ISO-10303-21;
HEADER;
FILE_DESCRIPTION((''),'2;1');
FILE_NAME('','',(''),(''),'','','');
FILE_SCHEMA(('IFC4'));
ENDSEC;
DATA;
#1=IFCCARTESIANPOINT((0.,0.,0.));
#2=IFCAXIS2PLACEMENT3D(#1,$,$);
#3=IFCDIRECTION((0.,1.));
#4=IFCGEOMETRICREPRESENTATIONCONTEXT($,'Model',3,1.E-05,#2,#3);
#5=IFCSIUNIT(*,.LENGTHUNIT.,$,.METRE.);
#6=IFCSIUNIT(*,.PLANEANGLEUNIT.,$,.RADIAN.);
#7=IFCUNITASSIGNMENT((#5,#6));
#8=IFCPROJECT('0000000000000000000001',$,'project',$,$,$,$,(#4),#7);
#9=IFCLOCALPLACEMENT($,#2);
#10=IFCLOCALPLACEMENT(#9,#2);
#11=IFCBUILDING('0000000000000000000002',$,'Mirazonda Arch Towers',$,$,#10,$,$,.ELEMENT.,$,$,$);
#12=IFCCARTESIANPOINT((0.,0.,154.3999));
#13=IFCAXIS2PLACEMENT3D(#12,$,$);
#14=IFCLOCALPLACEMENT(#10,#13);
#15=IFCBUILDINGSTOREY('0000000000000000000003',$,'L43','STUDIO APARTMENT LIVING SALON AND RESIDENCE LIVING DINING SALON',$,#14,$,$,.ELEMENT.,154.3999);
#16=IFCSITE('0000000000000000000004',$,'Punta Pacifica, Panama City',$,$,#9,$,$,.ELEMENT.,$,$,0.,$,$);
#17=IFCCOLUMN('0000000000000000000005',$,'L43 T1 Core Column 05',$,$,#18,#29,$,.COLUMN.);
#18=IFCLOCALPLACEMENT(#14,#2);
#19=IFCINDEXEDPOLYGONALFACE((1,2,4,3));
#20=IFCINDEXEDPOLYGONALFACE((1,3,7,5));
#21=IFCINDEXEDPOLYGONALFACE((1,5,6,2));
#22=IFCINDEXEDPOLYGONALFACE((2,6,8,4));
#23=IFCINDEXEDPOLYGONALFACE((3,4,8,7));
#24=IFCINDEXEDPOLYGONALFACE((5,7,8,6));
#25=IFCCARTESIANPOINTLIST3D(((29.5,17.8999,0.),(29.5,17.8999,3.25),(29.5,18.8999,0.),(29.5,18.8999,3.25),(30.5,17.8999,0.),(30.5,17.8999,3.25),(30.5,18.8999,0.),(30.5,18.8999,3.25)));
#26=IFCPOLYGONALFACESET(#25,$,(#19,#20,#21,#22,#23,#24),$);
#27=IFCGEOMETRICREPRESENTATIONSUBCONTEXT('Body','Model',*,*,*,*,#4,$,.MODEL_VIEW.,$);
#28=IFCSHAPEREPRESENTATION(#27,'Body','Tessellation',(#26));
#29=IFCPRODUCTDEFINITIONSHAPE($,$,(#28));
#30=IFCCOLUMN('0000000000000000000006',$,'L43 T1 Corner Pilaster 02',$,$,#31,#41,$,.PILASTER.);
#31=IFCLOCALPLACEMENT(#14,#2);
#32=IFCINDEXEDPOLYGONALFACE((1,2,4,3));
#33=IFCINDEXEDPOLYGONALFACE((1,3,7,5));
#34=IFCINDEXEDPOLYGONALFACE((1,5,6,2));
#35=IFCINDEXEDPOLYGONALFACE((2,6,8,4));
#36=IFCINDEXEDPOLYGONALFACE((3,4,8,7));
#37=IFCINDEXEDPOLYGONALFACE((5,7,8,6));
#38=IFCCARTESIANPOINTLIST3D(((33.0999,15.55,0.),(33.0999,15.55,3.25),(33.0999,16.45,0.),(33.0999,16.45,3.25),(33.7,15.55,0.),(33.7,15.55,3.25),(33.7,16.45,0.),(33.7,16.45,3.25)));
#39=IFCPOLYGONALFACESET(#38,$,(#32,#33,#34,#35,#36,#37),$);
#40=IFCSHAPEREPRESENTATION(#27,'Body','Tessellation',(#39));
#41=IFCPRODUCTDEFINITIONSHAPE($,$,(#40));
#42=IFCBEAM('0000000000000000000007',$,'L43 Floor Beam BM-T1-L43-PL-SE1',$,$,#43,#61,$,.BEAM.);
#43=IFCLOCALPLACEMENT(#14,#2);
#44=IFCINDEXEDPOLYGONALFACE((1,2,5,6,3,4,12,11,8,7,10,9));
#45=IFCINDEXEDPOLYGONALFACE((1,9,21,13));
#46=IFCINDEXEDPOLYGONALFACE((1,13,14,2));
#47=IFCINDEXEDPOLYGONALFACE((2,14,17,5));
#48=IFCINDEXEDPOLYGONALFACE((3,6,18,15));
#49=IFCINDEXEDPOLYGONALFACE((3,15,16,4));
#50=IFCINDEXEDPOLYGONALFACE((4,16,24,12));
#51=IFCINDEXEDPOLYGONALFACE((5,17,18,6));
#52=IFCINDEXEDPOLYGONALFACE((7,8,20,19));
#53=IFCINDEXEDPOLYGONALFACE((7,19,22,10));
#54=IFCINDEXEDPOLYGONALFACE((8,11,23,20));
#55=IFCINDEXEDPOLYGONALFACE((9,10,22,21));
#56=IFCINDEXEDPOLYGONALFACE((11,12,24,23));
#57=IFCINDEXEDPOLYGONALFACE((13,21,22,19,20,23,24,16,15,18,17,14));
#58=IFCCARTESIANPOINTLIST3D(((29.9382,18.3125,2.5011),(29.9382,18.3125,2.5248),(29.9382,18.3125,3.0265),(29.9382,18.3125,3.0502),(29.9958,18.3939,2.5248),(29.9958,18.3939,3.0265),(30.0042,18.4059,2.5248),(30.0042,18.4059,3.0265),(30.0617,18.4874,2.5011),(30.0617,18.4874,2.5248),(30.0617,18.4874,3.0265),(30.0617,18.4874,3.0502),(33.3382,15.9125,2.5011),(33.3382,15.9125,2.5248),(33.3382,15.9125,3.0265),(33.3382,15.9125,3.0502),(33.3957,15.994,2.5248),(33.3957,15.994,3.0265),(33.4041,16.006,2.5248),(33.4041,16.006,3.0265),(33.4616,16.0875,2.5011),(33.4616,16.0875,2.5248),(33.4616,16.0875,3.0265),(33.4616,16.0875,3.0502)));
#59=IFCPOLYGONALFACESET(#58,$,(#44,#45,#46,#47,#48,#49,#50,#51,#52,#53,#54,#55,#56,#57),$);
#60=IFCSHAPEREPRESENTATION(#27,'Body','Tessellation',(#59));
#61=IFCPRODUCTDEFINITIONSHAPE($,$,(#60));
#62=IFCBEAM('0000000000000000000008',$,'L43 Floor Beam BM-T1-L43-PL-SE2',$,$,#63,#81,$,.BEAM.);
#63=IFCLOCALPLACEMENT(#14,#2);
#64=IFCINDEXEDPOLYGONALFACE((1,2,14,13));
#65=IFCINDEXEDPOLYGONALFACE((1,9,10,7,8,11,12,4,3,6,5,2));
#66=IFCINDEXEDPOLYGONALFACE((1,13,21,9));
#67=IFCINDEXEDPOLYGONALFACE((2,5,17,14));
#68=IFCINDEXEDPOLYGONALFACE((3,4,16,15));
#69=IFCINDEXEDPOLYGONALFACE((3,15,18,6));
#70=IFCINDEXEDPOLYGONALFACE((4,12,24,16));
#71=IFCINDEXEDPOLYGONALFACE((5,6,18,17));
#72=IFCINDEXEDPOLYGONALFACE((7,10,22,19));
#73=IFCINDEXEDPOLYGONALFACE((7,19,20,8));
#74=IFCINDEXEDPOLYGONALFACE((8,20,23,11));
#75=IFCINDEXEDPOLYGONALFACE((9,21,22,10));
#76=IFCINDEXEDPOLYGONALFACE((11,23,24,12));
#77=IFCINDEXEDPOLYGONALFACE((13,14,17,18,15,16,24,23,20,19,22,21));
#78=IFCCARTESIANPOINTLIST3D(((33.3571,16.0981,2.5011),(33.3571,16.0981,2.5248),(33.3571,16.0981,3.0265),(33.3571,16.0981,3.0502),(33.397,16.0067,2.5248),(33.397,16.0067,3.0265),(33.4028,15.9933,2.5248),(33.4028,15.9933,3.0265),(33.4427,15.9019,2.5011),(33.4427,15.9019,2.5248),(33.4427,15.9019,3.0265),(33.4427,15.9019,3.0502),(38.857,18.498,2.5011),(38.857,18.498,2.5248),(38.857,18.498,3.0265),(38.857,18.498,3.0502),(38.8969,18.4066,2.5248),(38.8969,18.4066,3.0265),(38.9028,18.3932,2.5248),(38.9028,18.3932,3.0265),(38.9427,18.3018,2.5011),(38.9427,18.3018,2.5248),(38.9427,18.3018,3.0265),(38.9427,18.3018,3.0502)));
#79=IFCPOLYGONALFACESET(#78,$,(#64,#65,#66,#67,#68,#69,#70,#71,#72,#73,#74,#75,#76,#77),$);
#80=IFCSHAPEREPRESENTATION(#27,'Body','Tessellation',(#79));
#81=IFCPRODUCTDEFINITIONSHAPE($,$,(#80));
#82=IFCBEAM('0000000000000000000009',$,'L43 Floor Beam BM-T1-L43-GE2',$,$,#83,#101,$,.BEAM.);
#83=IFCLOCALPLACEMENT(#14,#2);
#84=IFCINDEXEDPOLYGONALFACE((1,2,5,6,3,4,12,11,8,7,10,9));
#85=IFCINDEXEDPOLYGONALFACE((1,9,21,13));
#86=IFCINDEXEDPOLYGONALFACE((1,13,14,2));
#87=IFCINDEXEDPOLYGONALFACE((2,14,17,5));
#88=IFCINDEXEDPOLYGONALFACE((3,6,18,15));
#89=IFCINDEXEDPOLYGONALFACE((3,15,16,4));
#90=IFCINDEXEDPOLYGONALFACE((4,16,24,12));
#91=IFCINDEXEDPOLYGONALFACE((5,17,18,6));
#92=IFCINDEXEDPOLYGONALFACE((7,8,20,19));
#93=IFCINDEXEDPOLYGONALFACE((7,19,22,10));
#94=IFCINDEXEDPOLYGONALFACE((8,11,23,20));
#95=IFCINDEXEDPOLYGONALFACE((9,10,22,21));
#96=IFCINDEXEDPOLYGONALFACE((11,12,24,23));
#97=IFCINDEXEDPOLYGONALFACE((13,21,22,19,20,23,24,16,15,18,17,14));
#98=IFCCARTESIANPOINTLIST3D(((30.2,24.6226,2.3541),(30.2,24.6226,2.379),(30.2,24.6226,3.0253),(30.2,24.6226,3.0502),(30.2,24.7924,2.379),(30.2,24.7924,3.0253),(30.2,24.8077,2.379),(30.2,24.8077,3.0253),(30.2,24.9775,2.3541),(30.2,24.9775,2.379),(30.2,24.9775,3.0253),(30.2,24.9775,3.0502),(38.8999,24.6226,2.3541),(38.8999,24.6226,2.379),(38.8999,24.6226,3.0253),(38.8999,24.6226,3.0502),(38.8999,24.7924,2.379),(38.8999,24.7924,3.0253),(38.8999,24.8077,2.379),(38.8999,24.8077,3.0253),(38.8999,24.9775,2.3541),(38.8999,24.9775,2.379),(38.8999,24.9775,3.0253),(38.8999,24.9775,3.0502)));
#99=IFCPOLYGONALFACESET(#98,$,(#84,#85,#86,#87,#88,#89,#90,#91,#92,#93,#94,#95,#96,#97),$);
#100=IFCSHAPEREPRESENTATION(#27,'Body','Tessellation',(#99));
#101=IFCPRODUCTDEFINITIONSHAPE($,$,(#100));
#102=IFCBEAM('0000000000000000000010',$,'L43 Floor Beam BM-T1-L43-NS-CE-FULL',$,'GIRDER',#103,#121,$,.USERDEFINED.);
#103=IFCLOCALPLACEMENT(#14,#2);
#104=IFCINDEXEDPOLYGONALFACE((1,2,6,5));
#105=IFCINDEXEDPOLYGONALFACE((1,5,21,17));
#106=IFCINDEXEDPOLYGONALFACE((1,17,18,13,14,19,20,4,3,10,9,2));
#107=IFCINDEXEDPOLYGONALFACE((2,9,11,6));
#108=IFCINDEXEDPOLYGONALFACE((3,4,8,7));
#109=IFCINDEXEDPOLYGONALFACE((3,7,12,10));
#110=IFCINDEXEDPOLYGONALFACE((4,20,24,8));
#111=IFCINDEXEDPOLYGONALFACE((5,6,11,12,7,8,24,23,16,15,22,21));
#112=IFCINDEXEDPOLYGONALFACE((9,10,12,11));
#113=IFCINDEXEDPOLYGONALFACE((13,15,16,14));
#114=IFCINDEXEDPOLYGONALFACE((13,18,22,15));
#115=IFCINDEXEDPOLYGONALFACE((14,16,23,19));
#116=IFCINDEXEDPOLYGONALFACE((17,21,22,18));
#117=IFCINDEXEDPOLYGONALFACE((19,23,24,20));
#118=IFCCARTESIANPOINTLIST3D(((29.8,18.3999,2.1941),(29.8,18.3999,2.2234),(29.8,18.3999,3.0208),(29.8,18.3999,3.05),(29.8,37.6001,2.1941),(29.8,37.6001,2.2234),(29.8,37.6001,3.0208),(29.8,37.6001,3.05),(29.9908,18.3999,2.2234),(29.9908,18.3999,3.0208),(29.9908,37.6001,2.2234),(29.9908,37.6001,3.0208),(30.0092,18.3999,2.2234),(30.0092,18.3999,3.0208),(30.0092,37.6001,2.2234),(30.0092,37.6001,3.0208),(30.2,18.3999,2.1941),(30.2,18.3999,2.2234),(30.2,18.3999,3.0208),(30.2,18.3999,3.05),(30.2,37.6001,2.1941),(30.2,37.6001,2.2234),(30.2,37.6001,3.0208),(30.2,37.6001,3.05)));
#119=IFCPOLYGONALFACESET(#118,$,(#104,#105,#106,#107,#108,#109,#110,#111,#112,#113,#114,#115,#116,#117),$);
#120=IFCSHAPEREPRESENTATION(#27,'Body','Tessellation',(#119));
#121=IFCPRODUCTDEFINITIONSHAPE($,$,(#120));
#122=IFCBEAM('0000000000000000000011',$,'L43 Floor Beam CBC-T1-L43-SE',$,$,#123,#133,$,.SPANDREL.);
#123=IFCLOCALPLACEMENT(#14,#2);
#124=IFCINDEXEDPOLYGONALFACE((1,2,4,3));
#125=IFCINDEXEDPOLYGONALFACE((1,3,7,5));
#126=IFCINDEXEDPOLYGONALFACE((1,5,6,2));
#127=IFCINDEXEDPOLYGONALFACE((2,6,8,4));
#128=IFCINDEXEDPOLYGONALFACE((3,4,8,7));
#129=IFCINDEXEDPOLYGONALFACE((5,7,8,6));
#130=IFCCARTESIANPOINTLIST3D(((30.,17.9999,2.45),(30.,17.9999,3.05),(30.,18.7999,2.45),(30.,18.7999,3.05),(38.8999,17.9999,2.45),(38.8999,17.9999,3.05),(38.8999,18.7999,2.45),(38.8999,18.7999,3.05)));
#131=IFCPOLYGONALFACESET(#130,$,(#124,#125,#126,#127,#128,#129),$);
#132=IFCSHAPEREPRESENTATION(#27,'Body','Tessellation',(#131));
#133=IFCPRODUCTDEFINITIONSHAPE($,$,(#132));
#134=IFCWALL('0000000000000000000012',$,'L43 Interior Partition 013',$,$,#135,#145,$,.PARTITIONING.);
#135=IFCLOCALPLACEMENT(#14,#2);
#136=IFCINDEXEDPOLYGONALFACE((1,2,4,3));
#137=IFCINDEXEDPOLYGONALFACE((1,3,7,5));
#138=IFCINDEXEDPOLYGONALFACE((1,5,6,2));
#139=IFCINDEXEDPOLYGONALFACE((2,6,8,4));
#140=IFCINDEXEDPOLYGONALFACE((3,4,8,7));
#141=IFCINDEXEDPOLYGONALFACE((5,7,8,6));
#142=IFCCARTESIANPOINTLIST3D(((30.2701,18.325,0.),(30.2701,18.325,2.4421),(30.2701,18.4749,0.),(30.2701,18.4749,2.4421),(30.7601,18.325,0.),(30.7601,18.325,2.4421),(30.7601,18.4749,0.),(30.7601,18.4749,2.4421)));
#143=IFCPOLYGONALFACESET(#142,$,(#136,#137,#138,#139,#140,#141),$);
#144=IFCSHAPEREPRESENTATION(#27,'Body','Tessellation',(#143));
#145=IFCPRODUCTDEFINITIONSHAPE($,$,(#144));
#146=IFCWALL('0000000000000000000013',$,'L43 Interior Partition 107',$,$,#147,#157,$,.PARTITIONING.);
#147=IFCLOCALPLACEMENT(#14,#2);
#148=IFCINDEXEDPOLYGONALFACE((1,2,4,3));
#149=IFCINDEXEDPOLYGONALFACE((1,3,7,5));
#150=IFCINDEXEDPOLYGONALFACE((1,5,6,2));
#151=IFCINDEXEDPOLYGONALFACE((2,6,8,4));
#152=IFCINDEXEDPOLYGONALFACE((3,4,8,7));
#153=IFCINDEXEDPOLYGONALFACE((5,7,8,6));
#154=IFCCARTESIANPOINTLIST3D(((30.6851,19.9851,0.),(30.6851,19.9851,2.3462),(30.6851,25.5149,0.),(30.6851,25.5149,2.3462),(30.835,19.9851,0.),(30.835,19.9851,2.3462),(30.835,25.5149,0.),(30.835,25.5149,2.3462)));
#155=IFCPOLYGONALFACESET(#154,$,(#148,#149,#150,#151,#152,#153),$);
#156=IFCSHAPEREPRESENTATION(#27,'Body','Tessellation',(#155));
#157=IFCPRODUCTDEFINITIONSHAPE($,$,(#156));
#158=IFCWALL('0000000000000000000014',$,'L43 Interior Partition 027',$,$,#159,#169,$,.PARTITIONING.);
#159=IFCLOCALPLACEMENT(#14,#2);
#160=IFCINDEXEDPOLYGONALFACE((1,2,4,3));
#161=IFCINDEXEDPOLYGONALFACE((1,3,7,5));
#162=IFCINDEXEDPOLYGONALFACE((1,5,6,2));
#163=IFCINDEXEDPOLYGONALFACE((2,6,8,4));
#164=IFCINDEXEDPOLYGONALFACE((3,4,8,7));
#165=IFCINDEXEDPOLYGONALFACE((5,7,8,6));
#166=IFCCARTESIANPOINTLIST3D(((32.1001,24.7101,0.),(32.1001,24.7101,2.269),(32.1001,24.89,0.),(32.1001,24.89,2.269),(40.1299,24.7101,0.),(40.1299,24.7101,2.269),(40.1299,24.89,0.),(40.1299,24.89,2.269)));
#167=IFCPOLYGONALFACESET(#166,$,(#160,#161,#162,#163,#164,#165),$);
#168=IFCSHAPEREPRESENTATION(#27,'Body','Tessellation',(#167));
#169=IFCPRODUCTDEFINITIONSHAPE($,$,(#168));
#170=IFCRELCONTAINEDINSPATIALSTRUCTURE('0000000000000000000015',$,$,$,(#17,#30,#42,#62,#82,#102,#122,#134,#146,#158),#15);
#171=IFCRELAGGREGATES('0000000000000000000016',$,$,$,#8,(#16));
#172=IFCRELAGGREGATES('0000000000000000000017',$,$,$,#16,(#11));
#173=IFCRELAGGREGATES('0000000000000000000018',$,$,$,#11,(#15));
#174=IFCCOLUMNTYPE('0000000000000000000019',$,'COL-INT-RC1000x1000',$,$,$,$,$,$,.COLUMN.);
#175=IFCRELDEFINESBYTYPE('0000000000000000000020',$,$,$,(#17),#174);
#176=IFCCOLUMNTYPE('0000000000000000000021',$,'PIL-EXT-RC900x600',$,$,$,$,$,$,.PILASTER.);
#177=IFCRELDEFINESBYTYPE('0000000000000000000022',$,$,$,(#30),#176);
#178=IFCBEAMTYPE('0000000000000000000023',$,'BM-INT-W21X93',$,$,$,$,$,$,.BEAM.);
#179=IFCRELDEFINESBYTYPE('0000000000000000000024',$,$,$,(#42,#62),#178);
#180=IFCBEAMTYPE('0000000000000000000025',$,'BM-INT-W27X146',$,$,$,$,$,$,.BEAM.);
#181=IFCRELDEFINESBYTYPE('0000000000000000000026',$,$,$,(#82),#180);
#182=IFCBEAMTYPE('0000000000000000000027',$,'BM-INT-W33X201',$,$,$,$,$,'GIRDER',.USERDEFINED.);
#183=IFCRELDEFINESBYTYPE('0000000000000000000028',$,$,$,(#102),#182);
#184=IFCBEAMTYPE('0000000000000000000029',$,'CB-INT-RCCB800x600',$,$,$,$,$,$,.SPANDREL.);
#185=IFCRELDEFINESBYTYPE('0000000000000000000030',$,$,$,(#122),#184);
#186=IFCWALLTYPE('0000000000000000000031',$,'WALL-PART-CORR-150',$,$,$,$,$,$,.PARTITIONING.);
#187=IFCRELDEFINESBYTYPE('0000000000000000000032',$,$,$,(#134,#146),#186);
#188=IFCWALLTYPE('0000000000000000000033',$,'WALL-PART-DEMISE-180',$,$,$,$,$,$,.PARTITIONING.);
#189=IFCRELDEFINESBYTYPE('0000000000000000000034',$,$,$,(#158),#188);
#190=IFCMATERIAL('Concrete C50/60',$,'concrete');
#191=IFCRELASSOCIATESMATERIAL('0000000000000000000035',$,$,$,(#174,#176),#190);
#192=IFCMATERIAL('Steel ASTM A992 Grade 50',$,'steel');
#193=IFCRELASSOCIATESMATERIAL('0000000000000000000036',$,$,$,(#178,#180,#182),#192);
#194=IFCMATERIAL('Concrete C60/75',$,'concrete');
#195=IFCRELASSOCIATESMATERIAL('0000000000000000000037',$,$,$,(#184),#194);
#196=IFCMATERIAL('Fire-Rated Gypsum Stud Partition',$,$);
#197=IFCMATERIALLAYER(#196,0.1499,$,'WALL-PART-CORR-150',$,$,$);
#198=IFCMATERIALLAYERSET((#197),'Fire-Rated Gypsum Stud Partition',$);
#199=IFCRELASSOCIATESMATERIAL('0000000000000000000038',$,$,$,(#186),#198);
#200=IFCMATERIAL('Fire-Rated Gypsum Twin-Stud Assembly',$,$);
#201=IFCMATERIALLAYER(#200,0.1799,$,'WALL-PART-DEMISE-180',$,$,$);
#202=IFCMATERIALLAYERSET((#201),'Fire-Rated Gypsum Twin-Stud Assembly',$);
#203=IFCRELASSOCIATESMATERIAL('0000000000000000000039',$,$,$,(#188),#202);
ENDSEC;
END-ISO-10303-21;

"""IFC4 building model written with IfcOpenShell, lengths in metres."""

from ifc_helpers import new_model, si_unit, direction, frame, frame_2d, origin, origin_2d, place, context, subcontext, project, spatial, rectangle, i_section, extrude, material, layer, layer_set, material_profile, profile_set, type_object, element, save


model = new_model("IFC4")

# Units and contexts
model_context = context("Model", 3, precision=1e-05, world=origin(), true_north=direction((0.0, 1.0)))
body_context = subcontext(model_context, "Body", "Model", "MODEL_VIEW")
ifc_project = project(units=[si_unit("LENGTHUNIT", "METRE"), si_unit("PLANEANGLEUNIT", "RADIAN")], contexts=[model_context])

# Site, building, storey
site_placement = place(None, origin())
site = spatial("IfcSite", under=ifc_project, at=site_placement, Name="Punta Pacifica, Panama City", CompositionType="ELEMENT", RefElevation=0.0)
building_placement = place(site_placement, origin())
building = spatial("IfcBuilding", under=site, at=building_placement, Name="Mirazonda Arch Towers", CompositionType="ELEMENT")
storey_placement = place(building_placement, frame((0.0, 0.0, 154.3999)))
storey = spatial("IfcBuildingStorey", under=building, at=storey_placement, Name="L43", Description="STUDIO APARTMENT LIVING SALON AND RESIDENCE LIVING DINING SALON", CompositionType="ELEMENT", Elevation=154.3999)

# Columns
ifc_material_1 = material(Name="Concrete C50/60", Category="concrete")
ifc_material_profile_1 = material_profile(ifc_material_1, rectangle(XDim=1.0, YDim=1.0, at=origin_2d()), Name="RC1000x1000")
ifc_profile_set_1 = profile_set([ifc_material_profile_1], Name="Concrete C50/60")
column_type_1 = type_object("IfcColumnType", Name="COL-INT-RC1000x1000", PredefinedType="COLUMN", material=ifc_profile_set_1)
column_1_placement = place(storey_placement, frame((30.0, 18.3999, 0.0), z_axis=(0.0, 0.0, 1.0), x_axis=(1.0, 0.0, 0.0)))
element("IfcColumn", 1, at=column_1_placement, inside=storey, type_object=column_type_1, Name="L43 T1 Core Column 05", PredefinedType="COLUMN", context=body_context, shape_type="SweptSolid", body=[
    extrude(rectangle(XDim=1.0, YDim=1.0, at=origin_2d()), origin(), (0.0, 0.0, 1.0), 3.25),
])
ifc_material_profile_2 = material_profile(ifc_material_1, rectangle(XDim=0.6001, YDim=0.8999, at=origin_2d()), Name="RC900x600")
ifc_profile_set_2 = profile_set([ifc_material_profile_2], Name="Concrete C50/60")
column_type_2 = type_object("IfcColumnType", Name="PIL-EXT-RC900x600", PredefinedType="PILASTER", material=ifc_profile_set_2)
column_2_placement = place(storey_placement, frame((33.3999, 16.0, 0.0), z_axis=(0.0, 0.0, 1.0), x_axis=(1.0, 0.0, 0.0)))
element("IfcColumn", 2, at=column_2_placement, inside=storey, type_object=column_type_2, Name="L43 T1 Corner Pilaster 02", PredefinedType="PILASTER", context=body_context, shape_type="SweptSolid", body=[
    extrude(rectangle(XDim=0.6001, YDim=0.8999, at=origin_2d()), origin(), (0.0, 0.0, 1.0), 3.25),
])

# Beams
ifc_material_2 = material(Name="Steel ASTM A992 Grade 50", Category="steel")
ifc_material_profile_3 = material_profile(ifc_material_2, i_section(OverallWidth=0.2141, OverallDepth=0.5491, WebThickness=0.0146, FlangeThickness=0.0237, at=origin_2d()), Name="W21X93")
ifc_profile_set_3 = profile_set([ifc_material_profile_3], Name="Steel ASTM A992 Grade 50")
beam_type_1 = type_object("IfcBeamType", Name="BM-INT-W21X93", PredefinedType="BEAM", material=ifc_profile_set_3)
beam_1_placement = place(storey_placement, frame((33.3999, 16.0, 2.7756), z_axis=(-0.816971, 0.576679, 0.0), x_axis=(-0.576679, -0.816971, 0.0)))
element("IfcBeam", 3, at=beam_1_placement, inside=storey, type_object=beam_type_1, Name="L43 Floor Beam BM-T1-L43-PL-SE1", PredefinedType="BEAM", context=body_context, shape_type="SweptSolid", body=[
    extrude(i_section(OverallWidth=0.2141, OverallDepth=0.5491, WebThickness=0.0146, FlangeThickness=0.0237, at=origin_2d()), origin(), (0.0, 0.0, 1.0), 4.1616),
])
beam_2_placement = place(storey_placement, frame((33.3999, 16.0, 2.7756), z_axis=(0.916545, 0.399931, 0.0), x_axis=(-0.399931, 0.916545, 0.0)))
element("IfcBeam", 4, at=beam_2_placement, inside=storey, type_object=beam_type_1, Name="L43 Floor Beam BM-T1-L43-PL-SE2", PredefinedType="BEAM", context=body_context, shape_type="SweptSolid", body=[
    extrude(i_section(OverallWidth=0.2141, OverallDepth=0.5491, WebThickness=0.0146, FlangeThickness=0.0237, at=origin_2d()), origin(), (0.0, 0.0, 1.0), 6.0007),
])
ifc_material_profile_4 = material_profile(ifc_material_2, i_section(OverallWidth=0.355, OverallDepth=0.696, WebThickness=0.0154, FlangeThickness=0.0249, at=origin_2d()), Name="W27X146")
ifc_profile_set_4 = profile_set([ifc_material_profile_4], Name="Steel ASTM A992 Grade 50")
beam_type_2 = type_object("IfcBeamType", Name="BM-INT-W27X146", PredefinedType="BEAM", material=ifc_profile_set_4)
beam_3_placement = place(storey_placement, frame((30.2, 24.8, 2.7021), z_axis=(1.0, 0.0, 0.0), x_axis=(0.0, 1.0, 0.0)))
element("IfcBeam", 5, at=beam_3_placement, inside=storey, type_object=beam_type_2, Name="L43 Floor Beam BM-T1-L43-GE2", PredefinedType="BEAM", context=body_context, shape_type="SweptSolid", body=[
    extrude(i_section(OverallWidth=0.355, OverallDepth=0.696, WebThickness=0.0154, FlangeThickness=0.0249, at=origin_2d()), origin(), (0.0, 0.0, 1.0), 8.7),
])
ifc_material_profile_5 = material_profile(ifc_material_2, i_section(OverallWidth=0.3999, OverallDepth=0.856, WebThickness=0.0183, FlangeThickness=0.0293, at=origin_2d()), Name="W33X201")
ifc_profile_set_5 = profile_set([ifc_material_profile_5], Name="Steel ASTM A992 Grade 50")
beam_type_3 = type_object("IfcBeamType", Name="BM-INT-W33X201", ElementType="GIRDER", PredefinedType="USERDEFINED", material=ifc_profile_set_5)
beam_4_placement = place(storey_placement, frame((30.0, 18.3999, 2.6221), z_axis=(0.0, 1.0, 0.0), x_axis=(-1.0, 0.0, 0.0)))
element("IfcBeam", 6, at=beam_4_placement, inside=storey, type_object=beam_type_3, Name="L43 Floor Beam BM-T1-L43-NS-CE-FULL", ObjectType="GIRDER", PredefinedType="USERDEFINED", context=body_context, shape_type="SweptSolid", body=[
    extrude(i_section(OverallWidth=0.3999, OverallDepth=0.856, WebThickness=0.0183, FlangeThickness=0.0293, at=origin_2d()), origin(), (0.0, 0.0, 1.0), 19.2002),
])
ifc_material_3 = material(Name="Concrete C60/75", Category="concrete")
ifc_material_profile_6 = material_profile(ifc_material_3, rectangle(XDim=0.8, YDim=0.6001, at=origin_2d()), Name="RCCB800x600")
ifc_profile_set_6 = profile_set([ifc_material_profile_6], Name="Concrete C60/75")
beam_type_4 = type_object("IfcBeamType", Name="CB-INT-RCCB800x600", PredefinedType="SPANDREL", material=ifc_profile_set_6)
beam_5_placement = place(storey_placement, frame((30.0, 18.3999, 2.75), z_axis=(1.0, 0.0, 0.0), x_axis=(0.0, 1.0, 0.0)))
element("IfcBeam", 7, at=beam_5_placement, inside=storey, type_object=beam_type_4, Name="L43 Floor Beam CBC-T1-L43-SE", PredefinedType="SPANDREL", context=body_context, shape_type="SweptSolid", body=[
    extrude(rectangle(XDim=0.8, YDim=0.6001, at=origin_2d()), origin(), (0.0, 0.0, 1.0), 8.8999),
])

# Walls
ifc_material_4 = material(Name="Fire-Rated Gypsum Stud Partition")
ifc_layer_1 = layer(ifc_material_4, 0.1499, Name="WALL-PART-CORR-150")
ifc_layer_set_1 = layer_set([ifc_layer_1], Name="Fire-Rated Gypsum Stud Partition")
wall_type_1 = type_object("IfcWallType", Name="WALL-PART-CORR-150", PredefinedType="PARTITIONING", material=ifc_layer_set_1)
wall_1_placement = place(storey_placement, frame((30.27, 18.3999, 0.0), z_axis=(0.0, 0.0, 1.0), x_axis=(1.0, 0.0, 0.0)))
element("IfcWall", 8, at=wall_1_placement, inside=storey, type_object=wall_type_1, Name="L43 Interior Partition 013", PredefinedType="PARTITIONING", context=body_context, shape_type="SweptSolid", body=[
    extrude(rectangle(XDim=0.49, YDim=0.1499, at=frame_2d((0.2451, 0.0))), origin(), (0.0, 0.0, 1.0), 2.4421),
])
wall_2_placement = place(storey_placement, frame((30.76, 19.9851, 0.0), z_axis=(0.0, 0.0, 1.0), x_axis=(0.0, 1.0, 0.0)))
element("IfcWall", 9, at=wall_2_placement, inside=storey, type_object=wall_type_1, Name="L43 Interior Partition 107", PredefinedType="PARTITIONING", context=body_context, shape_type="SweptSolid", body=[
    extrude(rectangle(XDim=5.5298, YDim=0.1499, at=frame_2d((2.7649, 0.0))), origin(), (0.0, 0.0, 1.0), 2.3462),
])

# Shared definitions
ifc_material_5 = material(Name="Fire-Rated Gypsum Twin-Stud Assembly")
ifc_layer_2 = layer(ifc_material_5, 0.1799, Name="WALL-PART-DEMISE-180")
ifc_layer_set_2 = layer_set([ifc_layer_2], Name="Fire-Rated Gypsum Twin-Stud Assembly")
wall_type_2 = type_object("IfcWallType", Name="WALL-PART-DEMISE-180", PredefinedType="PARTITIONING", material=ifc_layer_set_2)

# Wall
wall_3_placement = place(storey_placement, frame((32.1001, 24.8, 0.0), z_axis=(0.0, 0.0, 1.0), x_axis=(1.0, 0.0, 0.0)))
element("IfcWall", 10, at=wall_3_placement, inside=storey, type_object=wall_type_2, Name="L43 Interior Partition 027", PredefinedType="PARTITIONING", context=body_context, shape_type="SweptSolid", body=[
    extrude(rectangle(XDim=8.0298, YDim=0.1799, at=frame_2d((4.0149, 0.0))), origin(), (0.0, 0.0, 1.0), 2.269),
])

save(model, "model.ifc")
